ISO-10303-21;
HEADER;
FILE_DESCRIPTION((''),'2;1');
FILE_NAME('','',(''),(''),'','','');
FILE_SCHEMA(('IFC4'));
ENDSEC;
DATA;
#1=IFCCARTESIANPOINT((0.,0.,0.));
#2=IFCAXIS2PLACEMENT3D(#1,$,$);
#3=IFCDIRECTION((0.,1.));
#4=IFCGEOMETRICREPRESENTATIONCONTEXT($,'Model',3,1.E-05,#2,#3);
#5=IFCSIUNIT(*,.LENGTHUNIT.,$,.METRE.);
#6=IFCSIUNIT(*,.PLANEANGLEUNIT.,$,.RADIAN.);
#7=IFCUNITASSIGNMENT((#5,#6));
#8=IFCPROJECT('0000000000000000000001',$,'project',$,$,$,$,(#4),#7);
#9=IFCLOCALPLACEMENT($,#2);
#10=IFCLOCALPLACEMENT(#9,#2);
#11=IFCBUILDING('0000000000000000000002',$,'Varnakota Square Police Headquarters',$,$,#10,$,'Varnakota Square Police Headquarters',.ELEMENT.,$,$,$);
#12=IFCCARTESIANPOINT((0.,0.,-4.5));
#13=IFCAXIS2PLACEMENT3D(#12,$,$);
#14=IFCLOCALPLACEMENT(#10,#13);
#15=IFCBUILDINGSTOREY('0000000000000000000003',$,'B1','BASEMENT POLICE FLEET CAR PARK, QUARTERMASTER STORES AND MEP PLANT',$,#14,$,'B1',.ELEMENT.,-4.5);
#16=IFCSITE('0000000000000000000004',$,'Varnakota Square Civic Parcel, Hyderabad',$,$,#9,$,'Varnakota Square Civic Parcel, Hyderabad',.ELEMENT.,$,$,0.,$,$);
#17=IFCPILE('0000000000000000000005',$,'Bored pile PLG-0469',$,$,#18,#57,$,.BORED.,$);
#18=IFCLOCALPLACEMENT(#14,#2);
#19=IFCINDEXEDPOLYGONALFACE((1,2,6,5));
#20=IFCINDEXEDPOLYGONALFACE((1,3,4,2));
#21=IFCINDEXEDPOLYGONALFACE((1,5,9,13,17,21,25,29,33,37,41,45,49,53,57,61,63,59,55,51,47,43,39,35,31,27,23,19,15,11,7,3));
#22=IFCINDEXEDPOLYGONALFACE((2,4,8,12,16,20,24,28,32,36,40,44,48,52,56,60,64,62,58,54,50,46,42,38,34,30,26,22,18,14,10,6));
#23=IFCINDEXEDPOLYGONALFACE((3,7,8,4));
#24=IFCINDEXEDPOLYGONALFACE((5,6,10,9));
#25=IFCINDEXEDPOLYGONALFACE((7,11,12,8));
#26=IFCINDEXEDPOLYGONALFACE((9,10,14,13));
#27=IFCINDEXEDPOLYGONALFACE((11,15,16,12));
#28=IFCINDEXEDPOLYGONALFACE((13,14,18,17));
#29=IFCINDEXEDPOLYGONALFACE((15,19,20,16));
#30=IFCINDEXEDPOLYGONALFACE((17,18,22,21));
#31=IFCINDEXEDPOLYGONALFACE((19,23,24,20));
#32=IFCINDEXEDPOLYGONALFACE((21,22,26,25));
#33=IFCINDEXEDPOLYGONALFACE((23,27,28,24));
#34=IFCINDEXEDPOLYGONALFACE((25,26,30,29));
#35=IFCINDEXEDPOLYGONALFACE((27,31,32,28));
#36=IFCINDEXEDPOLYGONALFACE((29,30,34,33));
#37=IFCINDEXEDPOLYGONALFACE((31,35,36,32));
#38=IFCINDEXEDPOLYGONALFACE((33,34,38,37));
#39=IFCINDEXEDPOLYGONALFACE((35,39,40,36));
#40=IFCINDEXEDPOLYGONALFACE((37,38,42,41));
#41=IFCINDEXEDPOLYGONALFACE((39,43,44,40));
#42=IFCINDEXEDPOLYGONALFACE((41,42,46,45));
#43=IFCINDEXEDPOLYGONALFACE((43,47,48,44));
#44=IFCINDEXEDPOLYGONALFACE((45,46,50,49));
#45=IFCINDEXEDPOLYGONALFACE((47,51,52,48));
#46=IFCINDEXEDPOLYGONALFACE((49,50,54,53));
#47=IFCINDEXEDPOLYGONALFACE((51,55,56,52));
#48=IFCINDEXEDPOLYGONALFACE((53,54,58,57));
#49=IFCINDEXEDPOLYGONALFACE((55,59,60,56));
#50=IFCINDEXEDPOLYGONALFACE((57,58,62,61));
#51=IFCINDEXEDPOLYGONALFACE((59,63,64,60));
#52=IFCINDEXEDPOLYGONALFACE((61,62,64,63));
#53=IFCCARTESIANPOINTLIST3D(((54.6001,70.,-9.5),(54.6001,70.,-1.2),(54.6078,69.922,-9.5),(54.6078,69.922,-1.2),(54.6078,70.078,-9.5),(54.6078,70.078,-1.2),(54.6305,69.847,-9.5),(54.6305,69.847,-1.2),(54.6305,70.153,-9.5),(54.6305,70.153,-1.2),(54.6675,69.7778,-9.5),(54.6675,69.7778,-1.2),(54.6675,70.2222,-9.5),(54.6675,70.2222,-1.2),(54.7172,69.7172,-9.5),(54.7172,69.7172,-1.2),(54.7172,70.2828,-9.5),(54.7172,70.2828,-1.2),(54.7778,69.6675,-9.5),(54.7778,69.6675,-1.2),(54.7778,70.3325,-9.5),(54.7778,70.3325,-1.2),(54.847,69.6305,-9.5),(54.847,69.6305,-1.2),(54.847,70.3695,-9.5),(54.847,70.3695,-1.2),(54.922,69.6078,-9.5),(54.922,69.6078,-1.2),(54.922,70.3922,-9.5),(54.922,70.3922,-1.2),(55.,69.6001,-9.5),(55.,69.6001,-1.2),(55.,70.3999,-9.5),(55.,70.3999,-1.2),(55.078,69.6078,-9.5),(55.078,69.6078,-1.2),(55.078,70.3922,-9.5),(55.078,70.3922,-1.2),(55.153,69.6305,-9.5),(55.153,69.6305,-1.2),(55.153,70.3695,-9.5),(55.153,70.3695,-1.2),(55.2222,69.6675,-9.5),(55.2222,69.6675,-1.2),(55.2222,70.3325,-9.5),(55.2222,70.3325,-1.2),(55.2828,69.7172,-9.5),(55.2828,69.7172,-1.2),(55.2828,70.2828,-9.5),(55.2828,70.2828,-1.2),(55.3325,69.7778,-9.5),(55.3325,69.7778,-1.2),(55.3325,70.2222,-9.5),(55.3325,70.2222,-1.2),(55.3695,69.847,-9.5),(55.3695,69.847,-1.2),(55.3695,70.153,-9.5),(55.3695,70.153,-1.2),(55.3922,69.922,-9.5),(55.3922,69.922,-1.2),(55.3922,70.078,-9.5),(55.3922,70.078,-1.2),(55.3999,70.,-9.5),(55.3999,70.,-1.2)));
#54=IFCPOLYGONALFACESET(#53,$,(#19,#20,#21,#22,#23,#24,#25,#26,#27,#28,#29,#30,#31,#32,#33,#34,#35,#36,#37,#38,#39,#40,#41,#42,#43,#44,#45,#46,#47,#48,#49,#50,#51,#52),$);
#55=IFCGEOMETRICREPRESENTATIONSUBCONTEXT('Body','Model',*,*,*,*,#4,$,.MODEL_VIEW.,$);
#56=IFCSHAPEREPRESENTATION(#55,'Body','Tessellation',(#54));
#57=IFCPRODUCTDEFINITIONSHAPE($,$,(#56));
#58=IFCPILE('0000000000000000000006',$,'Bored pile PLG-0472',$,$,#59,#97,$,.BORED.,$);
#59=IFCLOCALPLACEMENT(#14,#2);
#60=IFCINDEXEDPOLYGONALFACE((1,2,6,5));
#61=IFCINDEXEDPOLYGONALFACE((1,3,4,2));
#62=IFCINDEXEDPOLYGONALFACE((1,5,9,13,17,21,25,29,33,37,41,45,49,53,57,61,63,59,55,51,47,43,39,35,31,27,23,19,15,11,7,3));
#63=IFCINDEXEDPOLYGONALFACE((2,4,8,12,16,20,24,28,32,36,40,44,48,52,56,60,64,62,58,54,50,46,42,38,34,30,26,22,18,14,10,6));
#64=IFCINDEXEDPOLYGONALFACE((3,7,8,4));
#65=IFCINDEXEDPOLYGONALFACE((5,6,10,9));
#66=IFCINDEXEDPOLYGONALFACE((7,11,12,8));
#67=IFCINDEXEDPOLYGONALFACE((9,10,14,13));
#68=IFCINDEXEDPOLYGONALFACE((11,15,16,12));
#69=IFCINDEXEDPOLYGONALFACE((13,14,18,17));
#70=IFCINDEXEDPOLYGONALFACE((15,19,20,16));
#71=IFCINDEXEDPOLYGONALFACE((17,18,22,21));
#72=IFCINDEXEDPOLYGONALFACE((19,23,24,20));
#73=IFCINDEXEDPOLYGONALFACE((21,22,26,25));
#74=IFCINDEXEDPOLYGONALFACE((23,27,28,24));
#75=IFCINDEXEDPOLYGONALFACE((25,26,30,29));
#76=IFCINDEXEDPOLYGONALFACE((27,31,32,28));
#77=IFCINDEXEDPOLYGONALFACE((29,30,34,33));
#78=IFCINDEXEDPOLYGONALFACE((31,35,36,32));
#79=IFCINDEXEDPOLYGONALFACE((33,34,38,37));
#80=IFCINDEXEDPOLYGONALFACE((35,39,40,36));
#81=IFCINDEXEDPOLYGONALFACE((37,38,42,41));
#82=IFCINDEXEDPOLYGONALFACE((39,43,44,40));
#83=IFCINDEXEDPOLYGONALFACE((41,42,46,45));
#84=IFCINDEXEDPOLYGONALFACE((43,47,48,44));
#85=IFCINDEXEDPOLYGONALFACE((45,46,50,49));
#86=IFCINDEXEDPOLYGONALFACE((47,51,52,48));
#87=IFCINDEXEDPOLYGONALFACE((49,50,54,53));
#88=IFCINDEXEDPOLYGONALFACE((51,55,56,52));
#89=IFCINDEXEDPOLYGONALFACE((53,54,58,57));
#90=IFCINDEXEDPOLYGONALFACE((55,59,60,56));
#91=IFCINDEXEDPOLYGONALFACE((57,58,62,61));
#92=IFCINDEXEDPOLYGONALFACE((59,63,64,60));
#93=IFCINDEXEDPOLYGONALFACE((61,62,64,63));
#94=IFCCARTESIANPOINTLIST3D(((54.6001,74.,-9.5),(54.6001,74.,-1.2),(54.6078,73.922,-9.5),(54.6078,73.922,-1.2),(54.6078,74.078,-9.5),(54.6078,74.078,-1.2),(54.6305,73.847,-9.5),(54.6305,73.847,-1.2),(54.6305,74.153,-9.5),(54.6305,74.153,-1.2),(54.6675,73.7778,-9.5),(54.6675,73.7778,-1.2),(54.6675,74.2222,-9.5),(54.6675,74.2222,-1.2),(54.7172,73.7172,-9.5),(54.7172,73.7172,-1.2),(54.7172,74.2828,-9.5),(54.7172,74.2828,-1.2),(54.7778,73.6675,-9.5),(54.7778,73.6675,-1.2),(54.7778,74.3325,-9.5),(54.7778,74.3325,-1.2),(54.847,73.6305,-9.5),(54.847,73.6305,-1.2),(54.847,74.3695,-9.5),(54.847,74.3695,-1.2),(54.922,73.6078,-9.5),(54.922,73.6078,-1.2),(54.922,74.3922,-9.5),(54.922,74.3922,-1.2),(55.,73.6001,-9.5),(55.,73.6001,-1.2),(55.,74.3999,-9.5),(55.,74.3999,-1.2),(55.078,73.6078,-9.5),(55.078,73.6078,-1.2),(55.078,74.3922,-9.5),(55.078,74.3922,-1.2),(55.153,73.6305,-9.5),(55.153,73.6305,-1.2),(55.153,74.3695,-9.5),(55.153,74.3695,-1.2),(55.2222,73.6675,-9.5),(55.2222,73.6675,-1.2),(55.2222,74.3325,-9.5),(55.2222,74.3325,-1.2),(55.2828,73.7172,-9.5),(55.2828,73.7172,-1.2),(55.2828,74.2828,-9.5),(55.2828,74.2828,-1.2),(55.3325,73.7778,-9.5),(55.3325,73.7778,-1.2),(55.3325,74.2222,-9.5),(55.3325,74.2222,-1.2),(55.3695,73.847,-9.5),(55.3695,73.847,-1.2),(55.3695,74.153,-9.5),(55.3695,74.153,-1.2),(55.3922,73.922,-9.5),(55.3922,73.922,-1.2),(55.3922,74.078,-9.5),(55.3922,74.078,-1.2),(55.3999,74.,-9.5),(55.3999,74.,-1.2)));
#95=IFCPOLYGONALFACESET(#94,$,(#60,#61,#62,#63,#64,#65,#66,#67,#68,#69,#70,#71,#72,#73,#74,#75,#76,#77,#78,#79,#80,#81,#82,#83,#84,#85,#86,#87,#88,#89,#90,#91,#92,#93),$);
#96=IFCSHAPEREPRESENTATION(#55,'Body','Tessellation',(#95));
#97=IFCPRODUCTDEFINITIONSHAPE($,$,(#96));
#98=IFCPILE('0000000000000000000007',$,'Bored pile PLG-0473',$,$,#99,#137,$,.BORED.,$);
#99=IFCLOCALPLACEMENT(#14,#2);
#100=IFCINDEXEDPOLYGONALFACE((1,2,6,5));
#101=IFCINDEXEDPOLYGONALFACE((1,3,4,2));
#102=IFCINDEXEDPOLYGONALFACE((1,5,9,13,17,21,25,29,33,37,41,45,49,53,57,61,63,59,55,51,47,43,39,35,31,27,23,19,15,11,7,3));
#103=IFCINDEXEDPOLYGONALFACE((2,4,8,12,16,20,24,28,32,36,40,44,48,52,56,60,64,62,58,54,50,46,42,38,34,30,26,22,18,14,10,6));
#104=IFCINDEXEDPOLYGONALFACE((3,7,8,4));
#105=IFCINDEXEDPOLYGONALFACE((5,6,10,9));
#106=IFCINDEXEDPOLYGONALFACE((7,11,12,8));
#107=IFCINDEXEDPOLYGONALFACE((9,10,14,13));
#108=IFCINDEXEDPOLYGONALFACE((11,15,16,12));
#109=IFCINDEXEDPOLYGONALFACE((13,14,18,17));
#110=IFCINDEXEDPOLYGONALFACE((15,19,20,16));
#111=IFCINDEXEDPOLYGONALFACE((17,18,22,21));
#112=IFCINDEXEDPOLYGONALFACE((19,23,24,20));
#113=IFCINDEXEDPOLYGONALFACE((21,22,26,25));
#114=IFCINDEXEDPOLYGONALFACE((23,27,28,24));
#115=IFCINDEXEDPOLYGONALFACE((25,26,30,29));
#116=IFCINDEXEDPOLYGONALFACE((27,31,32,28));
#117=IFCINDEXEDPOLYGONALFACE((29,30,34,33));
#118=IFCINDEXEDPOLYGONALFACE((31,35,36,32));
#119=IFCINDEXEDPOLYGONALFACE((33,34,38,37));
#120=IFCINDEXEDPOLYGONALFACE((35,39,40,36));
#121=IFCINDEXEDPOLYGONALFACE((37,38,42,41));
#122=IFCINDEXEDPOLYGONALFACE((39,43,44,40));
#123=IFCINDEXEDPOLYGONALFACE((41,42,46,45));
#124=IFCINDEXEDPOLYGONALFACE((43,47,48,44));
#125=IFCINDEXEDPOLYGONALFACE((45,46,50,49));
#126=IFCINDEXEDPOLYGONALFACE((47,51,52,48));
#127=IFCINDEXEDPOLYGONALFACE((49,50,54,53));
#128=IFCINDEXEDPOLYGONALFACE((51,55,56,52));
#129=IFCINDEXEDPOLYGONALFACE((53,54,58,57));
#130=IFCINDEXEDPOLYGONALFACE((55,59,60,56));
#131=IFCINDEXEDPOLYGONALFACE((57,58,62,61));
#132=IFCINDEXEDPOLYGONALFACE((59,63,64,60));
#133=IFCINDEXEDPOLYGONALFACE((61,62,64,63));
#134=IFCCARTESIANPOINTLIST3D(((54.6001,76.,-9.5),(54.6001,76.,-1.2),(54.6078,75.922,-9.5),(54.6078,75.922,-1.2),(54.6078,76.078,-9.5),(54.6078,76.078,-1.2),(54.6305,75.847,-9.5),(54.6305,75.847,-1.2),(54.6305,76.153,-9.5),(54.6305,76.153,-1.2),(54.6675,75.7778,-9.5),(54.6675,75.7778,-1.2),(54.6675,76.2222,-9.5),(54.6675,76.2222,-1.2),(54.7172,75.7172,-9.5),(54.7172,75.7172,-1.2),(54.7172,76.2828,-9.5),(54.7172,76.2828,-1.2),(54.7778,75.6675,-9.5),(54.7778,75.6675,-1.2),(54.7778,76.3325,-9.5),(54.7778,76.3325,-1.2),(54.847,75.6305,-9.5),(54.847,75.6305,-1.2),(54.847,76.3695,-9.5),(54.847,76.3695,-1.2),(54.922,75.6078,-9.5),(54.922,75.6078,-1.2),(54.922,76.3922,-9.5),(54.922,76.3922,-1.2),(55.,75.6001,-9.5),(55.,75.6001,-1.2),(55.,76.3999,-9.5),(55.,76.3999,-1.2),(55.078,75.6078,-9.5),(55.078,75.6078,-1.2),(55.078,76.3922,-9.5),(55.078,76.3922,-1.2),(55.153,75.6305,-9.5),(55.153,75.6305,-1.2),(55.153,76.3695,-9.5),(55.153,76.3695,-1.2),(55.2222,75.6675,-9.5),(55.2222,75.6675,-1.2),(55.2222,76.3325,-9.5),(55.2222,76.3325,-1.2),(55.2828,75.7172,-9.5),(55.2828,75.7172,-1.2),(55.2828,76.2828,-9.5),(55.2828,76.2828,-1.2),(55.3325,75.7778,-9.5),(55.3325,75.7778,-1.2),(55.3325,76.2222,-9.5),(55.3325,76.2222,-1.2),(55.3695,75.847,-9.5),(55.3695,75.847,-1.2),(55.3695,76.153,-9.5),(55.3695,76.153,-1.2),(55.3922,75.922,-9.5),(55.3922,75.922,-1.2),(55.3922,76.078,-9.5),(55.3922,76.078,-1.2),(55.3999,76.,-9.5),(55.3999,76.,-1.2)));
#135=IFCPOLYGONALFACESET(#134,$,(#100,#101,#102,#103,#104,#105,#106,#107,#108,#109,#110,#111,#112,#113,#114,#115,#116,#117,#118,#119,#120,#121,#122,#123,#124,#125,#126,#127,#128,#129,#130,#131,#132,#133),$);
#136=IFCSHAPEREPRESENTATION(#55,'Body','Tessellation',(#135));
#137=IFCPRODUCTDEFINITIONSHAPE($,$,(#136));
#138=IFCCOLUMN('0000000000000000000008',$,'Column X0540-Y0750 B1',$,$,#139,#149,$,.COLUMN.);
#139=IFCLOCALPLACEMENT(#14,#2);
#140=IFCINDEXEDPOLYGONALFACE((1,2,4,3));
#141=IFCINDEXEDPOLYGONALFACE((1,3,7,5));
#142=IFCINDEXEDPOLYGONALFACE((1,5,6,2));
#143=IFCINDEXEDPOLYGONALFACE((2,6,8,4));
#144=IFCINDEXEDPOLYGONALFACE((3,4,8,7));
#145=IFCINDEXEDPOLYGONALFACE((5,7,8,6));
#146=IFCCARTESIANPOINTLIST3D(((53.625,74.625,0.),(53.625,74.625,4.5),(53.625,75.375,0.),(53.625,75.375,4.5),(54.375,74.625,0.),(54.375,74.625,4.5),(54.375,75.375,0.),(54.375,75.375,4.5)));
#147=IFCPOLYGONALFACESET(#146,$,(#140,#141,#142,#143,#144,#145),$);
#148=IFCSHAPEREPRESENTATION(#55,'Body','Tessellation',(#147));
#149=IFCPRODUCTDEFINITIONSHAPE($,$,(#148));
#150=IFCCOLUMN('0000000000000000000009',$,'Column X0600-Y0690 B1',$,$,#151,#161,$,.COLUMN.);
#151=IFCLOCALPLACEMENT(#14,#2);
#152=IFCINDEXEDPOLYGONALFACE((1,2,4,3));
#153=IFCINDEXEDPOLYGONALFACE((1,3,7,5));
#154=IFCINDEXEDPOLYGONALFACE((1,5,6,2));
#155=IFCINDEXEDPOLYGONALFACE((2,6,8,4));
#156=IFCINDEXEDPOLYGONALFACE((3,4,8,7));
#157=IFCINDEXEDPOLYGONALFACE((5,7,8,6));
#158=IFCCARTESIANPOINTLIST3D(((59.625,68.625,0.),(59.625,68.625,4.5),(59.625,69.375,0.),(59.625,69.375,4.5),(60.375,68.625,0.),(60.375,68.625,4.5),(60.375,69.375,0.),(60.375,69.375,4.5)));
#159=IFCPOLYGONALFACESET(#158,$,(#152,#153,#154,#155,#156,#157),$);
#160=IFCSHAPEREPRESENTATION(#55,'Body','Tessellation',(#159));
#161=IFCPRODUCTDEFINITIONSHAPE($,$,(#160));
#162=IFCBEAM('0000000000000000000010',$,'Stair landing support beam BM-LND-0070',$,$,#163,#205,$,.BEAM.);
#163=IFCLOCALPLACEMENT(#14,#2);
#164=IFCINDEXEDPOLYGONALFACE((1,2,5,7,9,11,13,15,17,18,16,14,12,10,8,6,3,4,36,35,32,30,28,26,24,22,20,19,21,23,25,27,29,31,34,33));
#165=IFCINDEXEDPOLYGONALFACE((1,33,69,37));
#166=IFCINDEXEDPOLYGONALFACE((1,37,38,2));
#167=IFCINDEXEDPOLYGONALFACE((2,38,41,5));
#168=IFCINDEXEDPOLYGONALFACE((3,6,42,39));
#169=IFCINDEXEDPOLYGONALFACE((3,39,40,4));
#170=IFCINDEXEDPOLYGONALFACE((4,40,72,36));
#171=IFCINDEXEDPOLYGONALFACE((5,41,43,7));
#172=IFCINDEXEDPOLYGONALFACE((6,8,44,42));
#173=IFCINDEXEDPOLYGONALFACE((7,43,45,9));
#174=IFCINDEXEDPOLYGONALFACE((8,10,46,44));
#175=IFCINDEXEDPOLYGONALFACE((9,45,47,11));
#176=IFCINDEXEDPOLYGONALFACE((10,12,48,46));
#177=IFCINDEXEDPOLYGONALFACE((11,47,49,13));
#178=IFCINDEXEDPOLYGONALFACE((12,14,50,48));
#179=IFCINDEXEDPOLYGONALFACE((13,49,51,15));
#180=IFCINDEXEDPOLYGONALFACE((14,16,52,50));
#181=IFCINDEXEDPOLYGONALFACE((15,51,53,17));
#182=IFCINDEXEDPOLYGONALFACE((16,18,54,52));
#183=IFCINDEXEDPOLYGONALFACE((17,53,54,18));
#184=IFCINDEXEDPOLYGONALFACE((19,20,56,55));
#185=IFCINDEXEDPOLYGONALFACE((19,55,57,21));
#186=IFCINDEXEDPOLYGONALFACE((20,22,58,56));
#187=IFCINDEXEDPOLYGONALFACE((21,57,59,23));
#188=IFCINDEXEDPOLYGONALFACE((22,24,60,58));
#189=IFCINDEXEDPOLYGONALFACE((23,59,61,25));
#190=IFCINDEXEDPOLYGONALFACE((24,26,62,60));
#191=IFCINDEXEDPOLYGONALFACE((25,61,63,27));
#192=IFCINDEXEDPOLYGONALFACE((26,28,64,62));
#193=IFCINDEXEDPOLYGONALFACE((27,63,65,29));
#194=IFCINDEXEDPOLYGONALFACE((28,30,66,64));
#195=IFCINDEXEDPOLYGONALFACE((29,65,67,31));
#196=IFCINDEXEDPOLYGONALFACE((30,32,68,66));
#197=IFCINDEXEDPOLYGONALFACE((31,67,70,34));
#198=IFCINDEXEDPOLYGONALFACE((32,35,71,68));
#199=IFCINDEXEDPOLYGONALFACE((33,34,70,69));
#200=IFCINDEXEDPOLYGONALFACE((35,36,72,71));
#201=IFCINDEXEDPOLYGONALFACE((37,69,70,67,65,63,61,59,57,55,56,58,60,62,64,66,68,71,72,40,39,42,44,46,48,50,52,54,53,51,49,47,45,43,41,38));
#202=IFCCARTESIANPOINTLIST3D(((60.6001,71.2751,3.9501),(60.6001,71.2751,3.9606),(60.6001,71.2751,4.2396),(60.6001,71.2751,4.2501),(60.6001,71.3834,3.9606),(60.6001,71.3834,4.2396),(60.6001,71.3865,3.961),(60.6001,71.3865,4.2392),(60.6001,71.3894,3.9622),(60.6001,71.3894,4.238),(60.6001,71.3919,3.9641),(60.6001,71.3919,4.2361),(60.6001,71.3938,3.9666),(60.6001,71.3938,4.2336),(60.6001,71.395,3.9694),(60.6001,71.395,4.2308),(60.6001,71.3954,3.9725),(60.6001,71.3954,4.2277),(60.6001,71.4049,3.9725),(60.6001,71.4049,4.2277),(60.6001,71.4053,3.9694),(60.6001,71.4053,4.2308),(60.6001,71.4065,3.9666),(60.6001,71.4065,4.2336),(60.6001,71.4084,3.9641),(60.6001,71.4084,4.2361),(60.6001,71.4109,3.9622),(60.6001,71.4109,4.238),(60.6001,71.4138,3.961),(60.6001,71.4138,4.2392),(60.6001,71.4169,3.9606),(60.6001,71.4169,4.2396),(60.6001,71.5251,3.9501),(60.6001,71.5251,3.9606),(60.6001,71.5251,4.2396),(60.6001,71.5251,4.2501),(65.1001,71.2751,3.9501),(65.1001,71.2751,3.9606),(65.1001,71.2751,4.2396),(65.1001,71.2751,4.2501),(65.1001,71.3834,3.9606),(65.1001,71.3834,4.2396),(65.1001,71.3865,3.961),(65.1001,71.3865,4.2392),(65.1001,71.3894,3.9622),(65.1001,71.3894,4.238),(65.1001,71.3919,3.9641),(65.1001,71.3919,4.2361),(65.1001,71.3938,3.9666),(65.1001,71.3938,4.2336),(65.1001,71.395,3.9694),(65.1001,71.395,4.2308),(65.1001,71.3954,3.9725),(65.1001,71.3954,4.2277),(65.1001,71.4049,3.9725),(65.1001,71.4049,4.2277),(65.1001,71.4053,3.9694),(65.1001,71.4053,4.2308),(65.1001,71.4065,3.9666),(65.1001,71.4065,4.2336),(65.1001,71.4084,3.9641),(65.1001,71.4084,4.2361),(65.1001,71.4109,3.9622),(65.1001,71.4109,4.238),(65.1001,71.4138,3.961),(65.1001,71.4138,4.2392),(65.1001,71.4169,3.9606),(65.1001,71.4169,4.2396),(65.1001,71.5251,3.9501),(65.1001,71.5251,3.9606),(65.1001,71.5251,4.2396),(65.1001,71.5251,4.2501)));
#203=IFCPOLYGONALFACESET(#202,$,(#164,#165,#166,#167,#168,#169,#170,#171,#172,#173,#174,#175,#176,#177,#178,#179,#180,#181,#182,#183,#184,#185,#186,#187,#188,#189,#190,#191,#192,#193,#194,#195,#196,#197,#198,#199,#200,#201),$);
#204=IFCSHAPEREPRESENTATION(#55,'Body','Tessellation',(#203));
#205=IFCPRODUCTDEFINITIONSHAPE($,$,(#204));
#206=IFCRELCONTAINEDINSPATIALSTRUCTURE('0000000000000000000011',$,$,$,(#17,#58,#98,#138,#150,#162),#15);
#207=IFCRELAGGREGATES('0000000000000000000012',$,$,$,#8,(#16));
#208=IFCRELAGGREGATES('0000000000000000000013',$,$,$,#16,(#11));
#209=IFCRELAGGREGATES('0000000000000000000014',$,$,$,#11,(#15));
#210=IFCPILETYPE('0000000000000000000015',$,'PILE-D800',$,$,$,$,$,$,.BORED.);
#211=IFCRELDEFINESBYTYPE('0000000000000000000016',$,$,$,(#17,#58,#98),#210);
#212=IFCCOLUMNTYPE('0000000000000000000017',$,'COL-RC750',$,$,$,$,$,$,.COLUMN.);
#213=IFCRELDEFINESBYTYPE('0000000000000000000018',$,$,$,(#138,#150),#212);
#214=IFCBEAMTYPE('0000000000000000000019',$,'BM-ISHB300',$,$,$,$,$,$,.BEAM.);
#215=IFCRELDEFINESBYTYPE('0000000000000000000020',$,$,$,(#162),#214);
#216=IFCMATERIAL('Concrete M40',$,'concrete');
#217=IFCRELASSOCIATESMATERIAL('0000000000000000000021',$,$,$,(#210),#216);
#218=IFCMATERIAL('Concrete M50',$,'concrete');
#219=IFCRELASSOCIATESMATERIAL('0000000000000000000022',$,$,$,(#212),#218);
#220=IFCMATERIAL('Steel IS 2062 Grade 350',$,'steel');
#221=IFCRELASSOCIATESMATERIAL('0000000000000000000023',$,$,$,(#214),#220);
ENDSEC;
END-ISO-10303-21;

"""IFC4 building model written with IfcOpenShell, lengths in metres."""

from ifc_helpers import new_model, si_unit, direction, frame, origin, origin_2d, place, context, subcontext, project, spatial, rectangle, circle, i_section, extrude, material, material_profile, profile_set, type_object, element, save


model = new_model("IFC4")

# Units and contexts
model_context = context("Model", 3, precision=1e-05, world=origin(), true_north=direction((0.0, 1.0)))
body_context = subcontext(model_context, "Body", "Model", "MODEL_VIEW")
ifc_project = project(units=[si_unit("LENGTHUNIT", "METRE"), si_unit("PLANEANGLEUNIT", "RADIAN")], contexts=[model_context])

# Site, building, storey
site_placement = place(None, origin())
site = spatial("IfcSite", under=ifc_project, at=site_placement, Name="Varnakota Square Civic Parcel, Hyderabad", LongName="Varnakota Square Civic Parcel, Hyderabad", CompositionType="ELEMENT", RefElevation=0.0)
building_placement = place(site_placement, origin())
building = spatial("IfcBuilding", under=site, at=building_placement, Name="Varnakota Square Police Headquarters", LongName="Varnakota Square Police Headquarters", CompositionType="ELEMENT")
storey_placement = place(building_placement, frame((0.0, 0.0, -4.5)))
storey = spatial("IfcBuildingStorey", under=building, at=storey_placement, Name="B1", Description="BASEMENT POLICE FLEET CAR PARK, QUARTERMASTER STORES AND MEP PLANT", LongName="B1", CompositionType="ELEMENT", Elevation=-4.5)

# Shared definitions
ifc_material_1 = material(Name="Concrete M40", Category="concrete")
ifc_material_2 = material(Name="Concrete M50", Category="concrete")

# Piles
ifc_material_profile_1 = material_profile(ifc_material_1, circle(Radius=0.3999, at=origin_2d()), Name="BORED PILE 800")
ifc_profile_set_1 = profile_set([ifc_material_profile_1], Name="Concrete M40")
pile_type_1 = type_object("IfcPileType", Name="PILE-D800", PredefinedType="BORED", material=ifc_profile_set_1)
for number, where, z_axis, x_axis, name in (
    (1, (55.0, 70.0, -1.2), (0.0, 0.0, -1.0), (1.0, 0.0, 0.0), "Bored pile PLG-0469"),
    (2, (55.0, 74.0, -1.2), (0.0, 0.0, -1.0), (1.0, 0.0, 0.0), "Bored pile PLG-0472"),
    (3, (55.0, 76.0, -1.2), (0.0, 0.0, -1.0), (1.0, 0.0, 0.0), "Bored pile PLG-0473"),
):
    element("IfcPile", number, at=place(storey_placement, frame(where, z_axis=z_axis, x_axis=x_axis)), inside=storey, type_object=pile_type_1, Name=name, PredefinedType="BORED", context=body_context, shape_type="SweptSolid", body=[
        extrude(circle(Radius=0.3999, at=origin_2d()), origin(), (0.0, 0.0, 1.0), 8.3),
    ])

# Columns
ifc_material_profile_2 = material_profile(ifc_material_2, rectangle(XDim=0.75, YDim=0.75, at=origin_2d()), Name="RC 750x750")
ifc_profile_set_2 = profile_set([ifc_material_profile_2], Name="Concrete M50")
column_type = type_object("IfcColumnType", Name="COL-RC750", PredefinedType="COLUMN", material=ifc_profile_set_2)
for number, where, z_axis, x_axis, name in (
    (4, (54.0, 75.0, 0.0), (0.0, 0.0, 1.0), (1.0, 0.0, 0.0), "Column X0540-Y0750 B1"),
    (5, (60.0, 69.0, 0.0), (0.0, 0.0, 1.0), (1.0, 0.0, 0.0), "Column X0600-Y0690 B1"),
):
    element("IfcColumn", number, at=place(storey_placement, frame(where, z_axis=z_axis, x_axis=x_axis)), inside=storey, type_object=column_type, Name=name, PredefinedType="COLUMN", context=body_context, shape_type="SweptSolid", body=[
        extrude(rectangle(XDim=0.75, YDim=0.75, at=origin_2d()), origin(), (0.0, 0.0, 1.0), 4.5),
    ])

# Beam
ifc_material_3 = material(Name="Steel IS 2062 Grade 350", Category="steel")
ifc_material_profile_3 = material_profile(ifc_material_3, i_section(OverallWidth=0.25, OverallDepth=0.3, WebThickness=0.0095, FlangeThickness=0.0105, FilletRadius=0.012, at=origin_2d()), Name="ISHB 300")
ifc_profile_set_3 = profile_set([ifc_material_profile_3], Name="Steel IS 2062 Grade 350")
beam_type_1 = type_object("IfcBeamType", Name="BM-ISHB300", PredefinedType="BEAM", material=ifc_profile_set_3)
beam_1_placement = place(storey_placement, frame((60.6001, 71.4001, 4.1001), z_axis=(1.0, 0.0, 0.0), x_axis=(0.0, 1.0, 0.0)))
element("IfcBeam", 6, at=beam_1_placement, inside=storey, type_object=beam_type_1, Name="Stair landing support beam BM-LND-0070", PredefinedType="BEAM", context=body_context, shape_type="SweptSolid", body=[
    extrude(i_section(OverallWidth=0.25, OverallDepth=0.3, WebThickness=0.0095, FlangeThickness=0.0105, FilletRadius=0.012, at=origin_2d()), origin(), (0.0, 0.0, 1.0), 4.5),
])

save(model, "model.ifc")
